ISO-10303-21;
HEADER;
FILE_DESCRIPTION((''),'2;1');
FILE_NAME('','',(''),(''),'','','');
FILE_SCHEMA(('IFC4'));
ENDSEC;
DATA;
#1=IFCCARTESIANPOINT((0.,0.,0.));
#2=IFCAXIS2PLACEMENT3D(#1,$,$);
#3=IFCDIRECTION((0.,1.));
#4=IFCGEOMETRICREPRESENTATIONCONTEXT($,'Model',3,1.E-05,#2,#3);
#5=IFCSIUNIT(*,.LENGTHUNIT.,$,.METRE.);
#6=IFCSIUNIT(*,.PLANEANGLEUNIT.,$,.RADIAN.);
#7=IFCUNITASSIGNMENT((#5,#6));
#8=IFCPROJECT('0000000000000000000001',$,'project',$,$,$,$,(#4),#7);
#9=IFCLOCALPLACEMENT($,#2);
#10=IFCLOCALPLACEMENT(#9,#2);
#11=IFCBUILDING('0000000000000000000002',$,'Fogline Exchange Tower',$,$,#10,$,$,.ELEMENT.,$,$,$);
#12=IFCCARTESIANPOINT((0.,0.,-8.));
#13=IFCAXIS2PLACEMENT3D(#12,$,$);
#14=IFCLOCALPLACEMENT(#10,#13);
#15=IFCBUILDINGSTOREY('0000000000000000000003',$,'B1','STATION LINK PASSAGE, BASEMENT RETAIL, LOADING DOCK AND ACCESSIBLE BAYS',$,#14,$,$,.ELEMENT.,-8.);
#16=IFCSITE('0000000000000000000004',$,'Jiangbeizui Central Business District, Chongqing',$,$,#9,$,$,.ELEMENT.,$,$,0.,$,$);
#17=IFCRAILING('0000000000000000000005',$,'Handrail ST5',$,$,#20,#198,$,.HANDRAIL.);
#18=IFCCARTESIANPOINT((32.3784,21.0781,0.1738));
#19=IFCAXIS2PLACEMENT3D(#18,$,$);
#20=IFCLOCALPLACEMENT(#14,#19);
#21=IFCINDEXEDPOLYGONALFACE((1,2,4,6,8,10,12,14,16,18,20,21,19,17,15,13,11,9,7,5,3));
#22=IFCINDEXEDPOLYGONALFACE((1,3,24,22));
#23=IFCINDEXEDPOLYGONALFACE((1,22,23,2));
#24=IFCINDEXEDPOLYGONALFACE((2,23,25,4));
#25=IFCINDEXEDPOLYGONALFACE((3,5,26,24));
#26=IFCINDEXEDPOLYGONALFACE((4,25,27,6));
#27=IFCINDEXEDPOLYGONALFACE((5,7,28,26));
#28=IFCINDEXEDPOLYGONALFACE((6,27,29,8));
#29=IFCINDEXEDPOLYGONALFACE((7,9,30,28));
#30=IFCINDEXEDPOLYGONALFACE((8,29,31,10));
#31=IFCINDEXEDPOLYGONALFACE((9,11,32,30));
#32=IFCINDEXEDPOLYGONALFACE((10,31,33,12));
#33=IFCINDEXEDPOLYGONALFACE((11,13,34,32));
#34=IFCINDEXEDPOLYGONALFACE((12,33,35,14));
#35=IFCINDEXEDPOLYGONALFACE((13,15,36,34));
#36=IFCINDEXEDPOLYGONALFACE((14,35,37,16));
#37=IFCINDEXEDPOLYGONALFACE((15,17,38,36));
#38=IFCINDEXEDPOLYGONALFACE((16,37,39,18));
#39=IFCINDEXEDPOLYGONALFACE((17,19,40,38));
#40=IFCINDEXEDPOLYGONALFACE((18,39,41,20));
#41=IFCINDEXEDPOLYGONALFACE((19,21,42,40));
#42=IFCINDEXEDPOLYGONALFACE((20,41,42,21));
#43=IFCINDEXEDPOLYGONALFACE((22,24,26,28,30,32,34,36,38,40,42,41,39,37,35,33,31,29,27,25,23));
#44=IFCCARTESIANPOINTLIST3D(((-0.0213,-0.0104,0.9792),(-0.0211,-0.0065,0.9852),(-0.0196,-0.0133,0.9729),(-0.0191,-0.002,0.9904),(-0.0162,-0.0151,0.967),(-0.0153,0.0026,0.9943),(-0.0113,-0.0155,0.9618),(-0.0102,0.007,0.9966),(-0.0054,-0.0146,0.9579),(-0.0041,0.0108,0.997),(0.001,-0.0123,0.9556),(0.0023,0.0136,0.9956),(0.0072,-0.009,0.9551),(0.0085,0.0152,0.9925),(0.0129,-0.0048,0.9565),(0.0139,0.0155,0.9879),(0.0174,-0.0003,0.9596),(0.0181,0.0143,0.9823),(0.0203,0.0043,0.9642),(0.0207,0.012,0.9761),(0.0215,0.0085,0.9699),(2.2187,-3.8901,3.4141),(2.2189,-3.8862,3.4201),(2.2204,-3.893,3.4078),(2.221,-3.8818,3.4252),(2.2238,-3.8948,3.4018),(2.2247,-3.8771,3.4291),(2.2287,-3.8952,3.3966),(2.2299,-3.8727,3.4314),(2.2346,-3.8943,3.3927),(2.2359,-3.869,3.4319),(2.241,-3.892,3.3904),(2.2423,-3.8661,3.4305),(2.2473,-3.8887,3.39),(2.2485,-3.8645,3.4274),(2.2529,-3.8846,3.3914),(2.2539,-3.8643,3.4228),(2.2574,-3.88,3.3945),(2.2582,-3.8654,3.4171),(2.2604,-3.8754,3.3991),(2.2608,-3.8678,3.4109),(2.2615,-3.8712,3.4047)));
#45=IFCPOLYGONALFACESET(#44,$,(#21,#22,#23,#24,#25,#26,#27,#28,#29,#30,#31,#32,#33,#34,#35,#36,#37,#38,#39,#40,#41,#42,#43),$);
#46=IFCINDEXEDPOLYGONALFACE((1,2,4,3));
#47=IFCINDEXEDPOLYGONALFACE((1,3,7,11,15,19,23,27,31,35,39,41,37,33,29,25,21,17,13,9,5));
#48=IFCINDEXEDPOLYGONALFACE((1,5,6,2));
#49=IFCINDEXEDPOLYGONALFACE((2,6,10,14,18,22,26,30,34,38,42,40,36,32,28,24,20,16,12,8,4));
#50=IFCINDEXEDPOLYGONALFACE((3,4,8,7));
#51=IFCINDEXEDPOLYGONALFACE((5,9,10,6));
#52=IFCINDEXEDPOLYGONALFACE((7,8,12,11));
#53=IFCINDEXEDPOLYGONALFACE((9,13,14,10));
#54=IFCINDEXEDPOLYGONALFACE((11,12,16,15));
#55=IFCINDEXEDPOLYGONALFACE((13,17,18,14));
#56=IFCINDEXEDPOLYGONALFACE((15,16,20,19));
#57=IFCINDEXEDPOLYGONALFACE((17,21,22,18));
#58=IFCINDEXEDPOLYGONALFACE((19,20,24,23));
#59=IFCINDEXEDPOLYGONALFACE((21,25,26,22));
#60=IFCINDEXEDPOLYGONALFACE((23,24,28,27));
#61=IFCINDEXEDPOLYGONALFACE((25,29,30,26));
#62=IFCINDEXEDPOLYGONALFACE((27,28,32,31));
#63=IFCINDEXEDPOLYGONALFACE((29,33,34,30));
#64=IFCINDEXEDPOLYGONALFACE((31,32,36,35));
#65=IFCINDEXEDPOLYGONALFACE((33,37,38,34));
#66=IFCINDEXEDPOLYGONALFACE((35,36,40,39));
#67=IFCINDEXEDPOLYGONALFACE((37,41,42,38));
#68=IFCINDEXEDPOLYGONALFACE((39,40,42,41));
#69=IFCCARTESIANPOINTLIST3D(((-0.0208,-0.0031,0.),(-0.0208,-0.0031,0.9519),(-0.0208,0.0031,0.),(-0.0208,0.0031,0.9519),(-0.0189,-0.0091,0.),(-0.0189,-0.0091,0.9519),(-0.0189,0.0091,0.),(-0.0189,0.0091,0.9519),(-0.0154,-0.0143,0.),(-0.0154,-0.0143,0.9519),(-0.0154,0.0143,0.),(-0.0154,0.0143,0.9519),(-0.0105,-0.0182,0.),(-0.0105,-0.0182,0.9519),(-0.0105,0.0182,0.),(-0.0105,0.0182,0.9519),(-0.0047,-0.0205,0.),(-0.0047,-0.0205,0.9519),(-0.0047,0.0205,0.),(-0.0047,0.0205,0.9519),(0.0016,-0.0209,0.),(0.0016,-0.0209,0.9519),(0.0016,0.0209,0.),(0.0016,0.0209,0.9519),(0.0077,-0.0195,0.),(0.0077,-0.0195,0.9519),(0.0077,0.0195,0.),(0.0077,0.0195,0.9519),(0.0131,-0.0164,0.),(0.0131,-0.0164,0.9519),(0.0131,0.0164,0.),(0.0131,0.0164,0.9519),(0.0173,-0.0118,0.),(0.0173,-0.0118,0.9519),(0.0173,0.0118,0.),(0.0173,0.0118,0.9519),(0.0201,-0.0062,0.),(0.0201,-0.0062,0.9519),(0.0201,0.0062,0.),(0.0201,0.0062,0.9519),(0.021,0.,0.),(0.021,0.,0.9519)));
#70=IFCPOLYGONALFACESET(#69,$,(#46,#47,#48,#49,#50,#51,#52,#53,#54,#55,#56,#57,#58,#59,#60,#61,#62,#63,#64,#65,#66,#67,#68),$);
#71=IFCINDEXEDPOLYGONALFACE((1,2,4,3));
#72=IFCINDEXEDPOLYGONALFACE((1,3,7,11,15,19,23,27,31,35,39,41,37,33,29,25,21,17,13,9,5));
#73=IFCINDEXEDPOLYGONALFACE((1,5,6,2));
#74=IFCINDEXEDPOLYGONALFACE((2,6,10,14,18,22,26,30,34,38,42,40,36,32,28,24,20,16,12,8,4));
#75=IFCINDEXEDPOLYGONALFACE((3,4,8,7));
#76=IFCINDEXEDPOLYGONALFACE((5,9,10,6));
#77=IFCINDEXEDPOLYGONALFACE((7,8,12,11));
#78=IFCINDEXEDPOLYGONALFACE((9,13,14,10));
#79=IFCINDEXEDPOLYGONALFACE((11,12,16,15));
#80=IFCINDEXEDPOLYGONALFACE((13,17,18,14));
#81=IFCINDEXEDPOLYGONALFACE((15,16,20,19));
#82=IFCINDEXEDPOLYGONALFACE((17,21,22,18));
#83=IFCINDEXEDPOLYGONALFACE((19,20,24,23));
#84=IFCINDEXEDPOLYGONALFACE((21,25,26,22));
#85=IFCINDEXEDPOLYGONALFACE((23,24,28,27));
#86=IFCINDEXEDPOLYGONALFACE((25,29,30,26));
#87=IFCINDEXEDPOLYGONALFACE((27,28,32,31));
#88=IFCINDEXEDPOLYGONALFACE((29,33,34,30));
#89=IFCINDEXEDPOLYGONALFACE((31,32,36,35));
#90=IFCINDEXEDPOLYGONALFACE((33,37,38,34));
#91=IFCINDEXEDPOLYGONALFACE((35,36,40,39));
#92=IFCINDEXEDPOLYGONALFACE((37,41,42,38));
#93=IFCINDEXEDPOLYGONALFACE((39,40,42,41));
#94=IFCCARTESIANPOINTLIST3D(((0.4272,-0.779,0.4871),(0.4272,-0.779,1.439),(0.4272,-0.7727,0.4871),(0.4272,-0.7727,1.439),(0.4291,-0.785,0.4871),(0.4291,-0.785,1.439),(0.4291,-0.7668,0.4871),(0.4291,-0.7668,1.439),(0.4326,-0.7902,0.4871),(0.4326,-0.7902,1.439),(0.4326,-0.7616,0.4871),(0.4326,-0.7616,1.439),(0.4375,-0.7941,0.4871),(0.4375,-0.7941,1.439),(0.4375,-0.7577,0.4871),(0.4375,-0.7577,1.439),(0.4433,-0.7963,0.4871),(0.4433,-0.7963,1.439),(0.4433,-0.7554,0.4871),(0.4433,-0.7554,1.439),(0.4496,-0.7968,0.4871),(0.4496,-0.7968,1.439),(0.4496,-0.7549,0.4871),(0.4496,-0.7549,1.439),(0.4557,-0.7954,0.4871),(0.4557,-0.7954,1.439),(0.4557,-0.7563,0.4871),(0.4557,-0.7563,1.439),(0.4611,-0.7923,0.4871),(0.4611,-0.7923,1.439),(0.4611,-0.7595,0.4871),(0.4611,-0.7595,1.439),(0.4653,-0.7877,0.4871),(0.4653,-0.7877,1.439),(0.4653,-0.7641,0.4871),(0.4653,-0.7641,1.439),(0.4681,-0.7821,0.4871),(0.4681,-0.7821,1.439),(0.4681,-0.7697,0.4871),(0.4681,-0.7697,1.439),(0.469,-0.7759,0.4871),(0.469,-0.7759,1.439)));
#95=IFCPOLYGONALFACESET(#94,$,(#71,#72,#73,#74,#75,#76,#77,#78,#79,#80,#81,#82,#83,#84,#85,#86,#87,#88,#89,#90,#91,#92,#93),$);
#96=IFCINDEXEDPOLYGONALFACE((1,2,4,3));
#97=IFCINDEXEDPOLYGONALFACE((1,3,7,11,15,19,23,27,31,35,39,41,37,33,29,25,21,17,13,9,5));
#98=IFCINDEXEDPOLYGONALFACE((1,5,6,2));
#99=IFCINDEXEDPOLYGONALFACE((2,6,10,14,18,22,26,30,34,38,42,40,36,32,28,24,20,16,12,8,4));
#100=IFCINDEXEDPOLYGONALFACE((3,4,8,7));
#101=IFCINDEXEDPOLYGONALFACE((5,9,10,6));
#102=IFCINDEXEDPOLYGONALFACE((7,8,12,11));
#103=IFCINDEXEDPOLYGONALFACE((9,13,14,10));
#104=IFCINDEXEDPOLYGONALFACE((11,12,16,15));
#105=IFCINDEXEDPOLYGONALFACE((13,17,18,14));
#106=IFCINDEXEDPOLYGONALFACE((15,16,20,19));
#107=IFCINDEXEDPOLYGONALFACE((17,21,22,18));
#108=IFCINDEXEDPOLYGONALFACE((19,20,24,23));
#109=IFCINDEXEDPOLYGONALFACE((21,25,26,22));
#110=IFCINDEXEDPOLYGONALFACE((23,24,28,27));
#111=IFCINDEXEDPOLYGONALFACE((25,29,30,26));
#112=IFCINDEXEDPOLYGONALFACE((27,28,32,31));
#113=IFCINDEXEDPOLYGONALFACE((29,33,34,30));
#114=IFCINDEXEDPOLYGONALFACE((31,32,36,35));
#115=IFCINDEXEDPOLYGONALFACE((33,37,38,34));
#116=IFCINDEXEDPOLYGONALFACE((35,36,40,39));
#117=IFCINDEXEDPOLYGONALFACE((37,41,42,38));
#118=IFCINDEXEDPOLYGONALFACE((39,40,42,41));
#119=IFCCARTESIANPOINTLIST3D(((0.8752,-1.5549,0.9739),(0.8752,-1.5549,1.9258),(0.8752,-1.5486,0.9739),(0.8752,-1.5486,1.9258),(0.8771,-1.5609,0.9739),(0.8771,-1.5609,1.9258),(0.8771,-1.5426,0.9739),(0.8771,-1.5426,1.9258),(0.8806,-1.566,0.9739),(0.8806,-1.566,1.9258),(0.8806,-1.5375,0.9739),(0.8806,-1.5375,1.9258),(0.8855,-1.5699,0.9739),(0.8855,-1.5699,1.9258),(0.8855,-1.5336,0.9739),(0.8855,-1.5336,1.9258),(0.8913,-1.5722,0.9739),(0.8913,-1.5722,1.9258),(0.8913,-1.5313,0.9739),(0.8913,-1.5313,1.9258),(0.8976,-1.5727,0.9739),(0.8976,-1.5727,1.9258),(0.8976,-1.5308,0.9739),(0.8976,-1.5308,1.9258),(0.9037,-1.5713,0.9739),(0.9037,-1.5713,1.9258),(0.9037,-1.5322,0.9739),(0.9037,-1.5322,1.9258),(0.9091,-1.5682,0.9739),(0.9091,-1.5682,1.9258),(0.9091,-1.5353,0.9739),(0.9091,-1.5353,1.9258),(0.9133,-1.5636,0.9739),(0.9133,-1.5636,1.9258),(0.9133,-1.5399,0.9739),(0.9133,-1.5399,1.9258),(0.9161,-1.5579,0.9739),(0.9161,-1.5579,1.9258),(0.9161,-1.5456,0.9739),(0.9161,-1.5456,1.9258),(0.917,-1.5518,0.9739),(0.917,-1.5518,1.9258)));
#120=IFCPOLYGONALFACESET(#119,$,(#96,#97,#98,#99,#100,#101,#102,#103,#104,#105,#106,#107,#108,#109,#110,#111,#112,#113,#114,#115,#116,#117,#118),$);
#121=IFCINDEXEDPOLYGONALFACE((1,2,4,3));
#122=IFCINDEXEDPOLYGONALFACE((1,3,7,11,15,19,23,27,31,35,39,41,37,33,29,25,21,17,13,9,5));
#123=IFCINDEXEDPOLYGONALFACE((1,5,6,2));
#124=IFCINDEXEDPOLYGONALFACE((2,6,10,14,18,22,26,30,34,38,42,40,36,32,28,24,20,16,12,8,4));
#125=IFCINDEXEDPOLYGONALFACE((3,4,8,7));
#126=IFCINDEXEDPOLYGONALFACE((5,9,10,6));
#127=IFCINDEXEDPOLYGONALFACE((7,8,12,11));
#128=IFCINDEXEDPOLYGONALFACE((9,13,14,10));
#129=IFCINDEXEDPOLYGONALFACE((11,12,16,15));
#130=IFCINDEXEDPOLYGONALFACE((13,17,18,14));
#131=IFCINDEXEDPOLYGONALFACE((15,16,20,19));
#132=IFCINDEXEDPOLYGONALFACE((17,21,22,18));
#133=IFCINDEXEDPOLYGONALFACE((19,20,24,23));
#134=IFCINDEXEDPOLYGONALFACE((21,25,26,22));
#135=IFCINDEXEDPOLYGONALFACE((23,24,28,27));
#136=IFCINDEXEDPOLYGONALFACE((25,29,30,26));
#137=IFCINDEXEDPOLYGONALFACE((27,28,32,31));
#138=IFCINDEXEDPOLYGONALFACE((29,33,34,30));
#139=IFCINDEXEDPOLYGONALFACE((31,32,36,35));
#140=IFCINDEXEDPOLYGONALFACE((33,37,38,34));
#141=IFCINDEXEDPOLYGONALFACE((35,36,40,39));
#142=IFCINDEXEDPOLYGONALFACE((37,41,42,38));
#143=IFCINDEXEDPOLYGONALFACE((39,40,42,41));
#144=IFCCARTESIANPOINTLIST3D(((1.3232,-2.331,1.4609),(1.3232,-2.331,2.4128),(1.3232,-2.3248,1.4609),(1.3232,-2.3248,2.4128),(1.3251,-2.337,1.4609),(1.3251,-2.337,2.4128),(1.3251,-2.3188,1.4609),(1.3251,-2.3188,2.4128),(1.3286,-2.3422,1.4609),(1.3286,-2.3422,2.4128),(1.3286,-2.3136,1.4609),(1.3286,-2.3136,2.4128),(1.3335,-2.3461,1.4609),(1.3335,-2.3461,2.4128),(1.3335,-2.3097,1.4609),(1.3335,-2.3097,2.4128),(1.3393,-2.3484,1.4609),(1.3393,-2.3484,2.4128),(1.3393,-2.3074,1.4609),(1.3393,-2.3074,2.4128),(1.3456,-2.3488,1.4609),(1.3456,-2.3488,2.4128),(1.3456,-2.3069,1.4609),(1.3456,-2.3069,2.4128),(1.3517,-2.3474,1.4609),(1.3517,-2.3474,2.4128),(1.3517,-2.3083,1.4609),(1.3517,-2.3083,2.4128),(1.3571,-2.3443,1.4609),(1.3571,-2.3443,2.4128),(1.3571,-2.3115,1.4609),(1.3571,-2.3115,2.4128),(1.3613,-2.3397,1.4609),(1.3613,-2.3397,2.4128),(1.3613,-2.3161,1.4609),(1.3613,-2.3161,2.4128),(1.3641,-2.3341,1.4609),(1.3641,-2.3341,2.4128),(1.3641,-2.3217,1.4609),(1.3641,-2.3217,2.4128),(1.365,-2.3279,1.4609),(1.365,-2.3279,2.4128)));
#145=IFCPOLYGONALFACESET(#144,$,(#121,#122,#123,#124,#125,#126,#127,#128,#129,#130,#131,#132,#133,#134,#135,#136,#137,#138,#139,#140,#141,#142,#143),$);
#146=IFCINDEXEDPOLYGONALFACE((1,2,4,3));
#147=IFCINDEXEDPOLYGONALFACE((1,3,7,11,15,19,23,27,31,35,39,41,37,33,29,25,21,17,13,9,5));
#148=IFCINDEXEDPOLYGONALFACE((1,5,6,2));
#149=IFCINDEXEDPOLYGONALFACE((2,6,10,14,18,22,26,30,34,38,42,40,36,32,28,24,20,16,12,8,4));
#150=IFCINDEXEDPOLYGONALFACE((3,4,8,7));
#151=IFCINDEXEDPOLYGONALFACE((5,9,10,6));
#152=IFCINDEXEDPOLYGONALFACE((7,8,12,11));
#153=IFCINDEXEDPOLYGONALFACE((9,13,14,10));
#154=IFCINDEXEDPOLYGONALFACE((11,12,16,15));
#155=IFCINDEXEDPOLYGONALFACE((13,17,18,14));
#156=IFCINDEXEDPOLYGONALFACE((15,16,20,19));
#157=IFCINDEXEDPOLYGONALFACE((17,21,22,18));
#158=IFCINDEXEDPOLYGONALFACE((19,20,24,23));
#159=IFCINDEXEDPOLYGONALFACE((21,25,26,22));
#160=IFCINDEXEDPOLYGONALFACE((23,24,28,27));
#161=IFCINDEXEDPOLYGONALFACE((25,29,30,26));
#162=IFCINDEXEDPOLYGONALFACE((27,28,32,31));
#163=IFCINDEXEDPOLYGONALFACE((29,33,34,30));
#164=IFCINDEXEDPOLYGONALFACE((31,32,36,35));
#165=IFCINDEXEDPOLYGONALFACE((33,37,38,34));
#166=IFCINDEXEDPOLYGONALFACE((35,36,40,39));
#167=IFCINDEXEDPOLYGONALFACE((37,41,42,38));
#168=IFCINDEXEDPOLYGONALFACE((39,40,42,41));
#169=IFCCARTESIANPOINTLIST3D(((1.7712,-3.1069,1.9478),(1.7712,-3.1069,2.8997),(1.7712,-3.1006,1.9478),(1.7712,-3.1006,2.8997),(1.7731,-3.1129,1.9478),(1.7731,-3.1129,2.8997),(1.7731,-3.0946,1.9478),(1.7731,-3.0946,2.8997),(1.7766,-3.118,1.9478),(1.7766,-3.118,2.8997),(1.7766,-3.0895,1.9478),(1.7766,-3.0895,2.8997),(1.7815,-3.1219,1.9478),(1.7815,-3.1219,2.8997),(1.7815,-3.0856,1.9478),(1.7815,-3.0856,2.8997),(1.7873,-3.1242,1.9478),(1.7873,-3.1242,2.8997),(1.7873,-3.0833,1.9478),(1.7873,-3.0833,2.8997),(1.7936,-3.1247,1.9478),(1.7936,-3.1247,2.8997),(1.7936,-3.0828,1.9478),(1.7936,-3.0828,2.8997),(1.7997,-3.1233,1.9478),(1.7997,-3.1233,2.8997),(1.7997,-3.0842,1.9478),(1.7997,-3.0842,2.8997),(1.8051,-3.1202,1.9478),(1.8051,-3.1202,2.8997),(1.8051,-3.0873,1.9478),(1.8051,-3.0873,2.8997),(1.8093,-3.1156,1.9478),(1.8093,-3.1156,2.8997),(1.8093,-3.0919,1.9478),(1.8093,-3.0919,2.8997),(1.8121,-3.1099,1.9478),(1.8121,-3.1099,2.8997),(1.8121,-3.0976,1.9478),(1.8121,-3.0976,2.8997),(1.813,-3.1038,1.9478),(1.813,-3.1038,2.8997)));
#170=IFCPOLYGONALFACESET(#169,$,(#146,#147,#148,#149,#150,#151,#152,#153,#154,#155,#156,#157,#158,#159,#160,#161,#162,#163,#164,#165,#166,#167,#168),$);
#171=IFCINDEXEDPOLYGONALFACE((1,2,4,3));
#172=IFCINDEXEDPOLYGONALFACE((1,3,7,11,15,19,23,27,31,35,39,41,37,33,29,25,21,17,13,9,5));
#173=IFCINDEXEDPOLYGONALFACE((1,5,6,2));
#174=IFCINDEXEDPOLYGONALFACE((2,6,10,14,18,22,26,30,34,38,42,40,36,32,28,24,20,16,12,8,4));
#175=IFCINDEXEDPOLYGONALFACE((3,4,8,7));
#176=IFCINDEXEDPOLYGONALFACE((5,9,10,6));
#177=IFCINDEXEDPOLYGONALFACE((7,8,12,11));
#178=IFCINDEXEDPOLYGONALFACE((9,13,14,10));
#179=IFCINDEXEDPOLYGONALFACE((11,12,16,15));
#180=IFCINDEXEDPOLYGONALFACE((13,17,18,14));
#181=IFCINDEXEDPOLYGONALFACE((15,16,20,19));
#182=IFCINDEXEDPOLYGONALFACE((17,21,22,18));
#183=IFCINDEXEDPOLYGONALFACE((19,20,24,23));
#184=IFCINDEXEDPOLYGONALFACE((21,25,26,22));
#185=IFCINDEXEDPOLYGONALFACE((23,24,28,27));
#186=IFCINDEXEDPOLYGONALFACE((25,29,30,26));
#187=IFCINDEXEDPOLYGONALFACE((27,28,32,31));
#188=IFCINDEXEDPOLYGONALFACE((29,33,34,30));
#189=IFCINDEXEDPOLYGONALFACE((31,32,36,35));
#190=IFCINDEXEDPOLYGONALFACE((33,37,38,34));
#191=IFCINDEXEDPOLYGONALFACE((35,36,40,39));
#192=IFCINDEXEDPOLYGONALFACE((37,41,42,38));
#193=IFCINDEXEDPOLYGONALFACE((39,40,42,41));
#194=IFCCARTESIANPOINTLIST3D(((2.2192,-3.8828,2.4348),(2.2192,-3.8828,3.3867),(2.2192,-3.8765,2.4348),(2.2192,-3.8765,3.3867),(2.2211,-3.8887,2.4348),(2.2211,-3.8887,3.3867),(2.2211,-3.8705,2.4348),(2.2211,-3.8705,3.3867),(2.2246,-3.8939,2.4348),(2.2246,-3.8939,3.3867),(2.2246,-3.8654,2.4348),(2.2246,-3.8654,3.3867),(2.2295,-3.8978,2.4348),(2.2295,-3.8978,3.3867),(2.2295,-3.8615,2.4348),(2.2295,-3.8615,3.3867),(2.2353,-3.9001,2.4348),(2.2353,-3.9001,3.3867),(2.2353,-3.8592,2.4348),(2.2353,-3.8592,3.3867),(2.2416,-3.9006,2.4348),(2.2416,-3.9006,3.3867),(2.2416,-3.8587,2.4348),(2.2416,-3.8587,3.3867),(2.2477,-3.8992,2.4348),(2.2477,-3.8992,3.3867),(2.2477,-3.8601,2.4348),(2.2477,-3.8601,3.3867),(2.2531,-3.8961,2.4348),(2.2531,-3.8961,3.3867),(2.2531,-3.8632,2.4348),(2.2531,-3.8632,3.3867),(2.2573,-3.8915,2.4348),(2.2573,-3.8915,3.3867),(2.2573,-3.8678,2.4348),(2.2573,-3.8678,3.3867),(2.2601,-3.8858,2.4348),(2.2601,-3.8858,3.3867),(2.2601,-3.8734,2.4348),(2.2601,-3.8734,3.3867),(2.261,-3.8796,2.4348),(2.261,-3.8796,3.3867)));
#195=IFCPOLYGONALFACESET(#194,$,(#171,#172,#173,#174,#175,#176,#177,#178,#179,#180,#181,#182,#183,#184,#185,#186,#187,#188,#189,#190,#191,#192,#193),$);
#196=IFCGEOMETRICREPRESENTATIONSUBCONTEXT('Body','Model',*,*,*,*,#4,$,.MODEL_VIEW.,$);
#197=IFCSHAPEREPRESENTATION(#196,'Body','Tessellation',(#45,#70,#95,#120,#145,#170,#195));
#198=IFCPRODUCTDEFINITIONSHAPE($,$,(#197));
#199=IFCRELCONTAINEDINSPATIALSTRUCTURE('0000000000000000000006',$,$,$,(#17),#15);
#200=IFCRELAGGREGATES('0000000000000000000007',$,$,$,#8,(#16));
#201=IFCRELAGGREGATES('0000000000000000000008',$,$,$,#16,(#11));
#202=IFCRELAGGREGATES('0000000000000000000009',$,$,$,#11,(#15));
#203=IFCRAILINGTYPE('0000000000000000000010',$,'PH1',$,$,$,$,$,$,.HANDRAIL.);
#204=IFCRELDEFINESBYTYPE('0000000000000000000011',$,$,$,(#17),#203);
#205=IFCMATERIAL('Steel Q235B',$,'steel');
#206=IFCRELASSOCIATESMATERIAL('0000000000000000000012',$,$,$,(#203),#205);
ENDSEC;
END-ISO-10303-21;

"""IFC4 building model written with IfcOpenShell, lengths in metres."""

from ifc_helpers import new_model, si_unit, direction, frame, origin, origin_2d, place, context, subcontext, project, spatial, circle, extrude, material, type_object, element, save


model = new_model("IFC4")

# Units and contexts
model_context = context("Model", 3, precision=1e-05, world=origin(), true_north=direction((0.0, 1.0)))
body_context = subcontext(model_context, "Body", "Model", "MODEL_VIEW")
ifc_project = project(units=[si_unit("LENGTHUNIT", "METRE"), si_unit("PLANEANGLEUNIT", "RADIAN")], contexts=[model_context])

# Site, building, storey
site_placement = place(None, origin())
site = spatial("IfcSite", under=ifc_project, at=site_placement, Name="Jiangbeizui Central Business District, Chongqing", CompositionType="ELEMENT", RefElevation=0.0)
building_placement = place(site_placement, origin())
building = spatial("IfcBuilding", under=site, at=building_placement, Name="Fogline Exchange Tower", CompositionType="ELEMENT")
storey_placement = place(building_placement, frame((0.0, 0.0, -8.0)))
storey = spatial("IfcBuildingStorey", under=building, at=storey_placement, Name="B1", Description="STATION LINK PASSAGE, BASEMENT RETAIL, LOADING DOCK AND ACCESSIBLE BAYS", CompositionType="ELEMENT", Elevation=-8.0)

# Shared definitions
ifc_material_1 = material(Name="Steel Q235B", Category="steel")

# Railing
railing_type_1 = type_object("IfcRailingType", Name="PH1", PredefinedType="HANDRAIL", material=ifc_material_1)
railing_1_placement = place(storey_placement, frame((32.3784, 21.0781, 0.1738)))
element("IfcRailing", 1, at=railing_1_placement, inside=storey, type_object=railing_type_1, Name="Handrail ST5", PredefinedType="HANDRAIL", context=body_context, shape_type="SweptSolid", body=[
    extrude(circle(Radius=0.0239, at=origin_2d()), frame((0.0, 0.0, 0.9761), z_axis=(0.43932, -0.760897, 0.47753), x_axis=(0.866018, 0.500013, 0.0)), (0.0, 0.0, 1.0), 5.0989),
    extrude(circle(Radius=0.021, at=origin_2d()), origin(), (0.0, 0.0, 1.0), 0.9519),
    extrude(circle(Radius=0.021, at=origin_2d()), frame((0.448, -0.7759, 0.4871)), (0.0, 0.0, 1.0), 0.9519),
    extrude(circle(Radius=0.021, at=origin_2d()), frame((0.896, -1.5518, 0.9739)), (0.0, 0.0, 1.0), 0.9519),
    extrude(circle(Radius=0.021, at=origin_2d()), frame((1.344, -2.3279, 1.4609)), (0.0, 0.0, 1.0), 0.9519),
    extrude(circle(Radius=0.021, at=origin_2d()), frame((1.792, -3.1038, 1.9478)), (0.0, 0.0, 1.0), 0.9519),
    extrude(circle(Radius=0.021, at=origin_2d()), frame((2.24, -3.8796, 2.4348)), (0.0, 0.0, 1.0), 0.9519),
])

save(model, "model.ifc")
